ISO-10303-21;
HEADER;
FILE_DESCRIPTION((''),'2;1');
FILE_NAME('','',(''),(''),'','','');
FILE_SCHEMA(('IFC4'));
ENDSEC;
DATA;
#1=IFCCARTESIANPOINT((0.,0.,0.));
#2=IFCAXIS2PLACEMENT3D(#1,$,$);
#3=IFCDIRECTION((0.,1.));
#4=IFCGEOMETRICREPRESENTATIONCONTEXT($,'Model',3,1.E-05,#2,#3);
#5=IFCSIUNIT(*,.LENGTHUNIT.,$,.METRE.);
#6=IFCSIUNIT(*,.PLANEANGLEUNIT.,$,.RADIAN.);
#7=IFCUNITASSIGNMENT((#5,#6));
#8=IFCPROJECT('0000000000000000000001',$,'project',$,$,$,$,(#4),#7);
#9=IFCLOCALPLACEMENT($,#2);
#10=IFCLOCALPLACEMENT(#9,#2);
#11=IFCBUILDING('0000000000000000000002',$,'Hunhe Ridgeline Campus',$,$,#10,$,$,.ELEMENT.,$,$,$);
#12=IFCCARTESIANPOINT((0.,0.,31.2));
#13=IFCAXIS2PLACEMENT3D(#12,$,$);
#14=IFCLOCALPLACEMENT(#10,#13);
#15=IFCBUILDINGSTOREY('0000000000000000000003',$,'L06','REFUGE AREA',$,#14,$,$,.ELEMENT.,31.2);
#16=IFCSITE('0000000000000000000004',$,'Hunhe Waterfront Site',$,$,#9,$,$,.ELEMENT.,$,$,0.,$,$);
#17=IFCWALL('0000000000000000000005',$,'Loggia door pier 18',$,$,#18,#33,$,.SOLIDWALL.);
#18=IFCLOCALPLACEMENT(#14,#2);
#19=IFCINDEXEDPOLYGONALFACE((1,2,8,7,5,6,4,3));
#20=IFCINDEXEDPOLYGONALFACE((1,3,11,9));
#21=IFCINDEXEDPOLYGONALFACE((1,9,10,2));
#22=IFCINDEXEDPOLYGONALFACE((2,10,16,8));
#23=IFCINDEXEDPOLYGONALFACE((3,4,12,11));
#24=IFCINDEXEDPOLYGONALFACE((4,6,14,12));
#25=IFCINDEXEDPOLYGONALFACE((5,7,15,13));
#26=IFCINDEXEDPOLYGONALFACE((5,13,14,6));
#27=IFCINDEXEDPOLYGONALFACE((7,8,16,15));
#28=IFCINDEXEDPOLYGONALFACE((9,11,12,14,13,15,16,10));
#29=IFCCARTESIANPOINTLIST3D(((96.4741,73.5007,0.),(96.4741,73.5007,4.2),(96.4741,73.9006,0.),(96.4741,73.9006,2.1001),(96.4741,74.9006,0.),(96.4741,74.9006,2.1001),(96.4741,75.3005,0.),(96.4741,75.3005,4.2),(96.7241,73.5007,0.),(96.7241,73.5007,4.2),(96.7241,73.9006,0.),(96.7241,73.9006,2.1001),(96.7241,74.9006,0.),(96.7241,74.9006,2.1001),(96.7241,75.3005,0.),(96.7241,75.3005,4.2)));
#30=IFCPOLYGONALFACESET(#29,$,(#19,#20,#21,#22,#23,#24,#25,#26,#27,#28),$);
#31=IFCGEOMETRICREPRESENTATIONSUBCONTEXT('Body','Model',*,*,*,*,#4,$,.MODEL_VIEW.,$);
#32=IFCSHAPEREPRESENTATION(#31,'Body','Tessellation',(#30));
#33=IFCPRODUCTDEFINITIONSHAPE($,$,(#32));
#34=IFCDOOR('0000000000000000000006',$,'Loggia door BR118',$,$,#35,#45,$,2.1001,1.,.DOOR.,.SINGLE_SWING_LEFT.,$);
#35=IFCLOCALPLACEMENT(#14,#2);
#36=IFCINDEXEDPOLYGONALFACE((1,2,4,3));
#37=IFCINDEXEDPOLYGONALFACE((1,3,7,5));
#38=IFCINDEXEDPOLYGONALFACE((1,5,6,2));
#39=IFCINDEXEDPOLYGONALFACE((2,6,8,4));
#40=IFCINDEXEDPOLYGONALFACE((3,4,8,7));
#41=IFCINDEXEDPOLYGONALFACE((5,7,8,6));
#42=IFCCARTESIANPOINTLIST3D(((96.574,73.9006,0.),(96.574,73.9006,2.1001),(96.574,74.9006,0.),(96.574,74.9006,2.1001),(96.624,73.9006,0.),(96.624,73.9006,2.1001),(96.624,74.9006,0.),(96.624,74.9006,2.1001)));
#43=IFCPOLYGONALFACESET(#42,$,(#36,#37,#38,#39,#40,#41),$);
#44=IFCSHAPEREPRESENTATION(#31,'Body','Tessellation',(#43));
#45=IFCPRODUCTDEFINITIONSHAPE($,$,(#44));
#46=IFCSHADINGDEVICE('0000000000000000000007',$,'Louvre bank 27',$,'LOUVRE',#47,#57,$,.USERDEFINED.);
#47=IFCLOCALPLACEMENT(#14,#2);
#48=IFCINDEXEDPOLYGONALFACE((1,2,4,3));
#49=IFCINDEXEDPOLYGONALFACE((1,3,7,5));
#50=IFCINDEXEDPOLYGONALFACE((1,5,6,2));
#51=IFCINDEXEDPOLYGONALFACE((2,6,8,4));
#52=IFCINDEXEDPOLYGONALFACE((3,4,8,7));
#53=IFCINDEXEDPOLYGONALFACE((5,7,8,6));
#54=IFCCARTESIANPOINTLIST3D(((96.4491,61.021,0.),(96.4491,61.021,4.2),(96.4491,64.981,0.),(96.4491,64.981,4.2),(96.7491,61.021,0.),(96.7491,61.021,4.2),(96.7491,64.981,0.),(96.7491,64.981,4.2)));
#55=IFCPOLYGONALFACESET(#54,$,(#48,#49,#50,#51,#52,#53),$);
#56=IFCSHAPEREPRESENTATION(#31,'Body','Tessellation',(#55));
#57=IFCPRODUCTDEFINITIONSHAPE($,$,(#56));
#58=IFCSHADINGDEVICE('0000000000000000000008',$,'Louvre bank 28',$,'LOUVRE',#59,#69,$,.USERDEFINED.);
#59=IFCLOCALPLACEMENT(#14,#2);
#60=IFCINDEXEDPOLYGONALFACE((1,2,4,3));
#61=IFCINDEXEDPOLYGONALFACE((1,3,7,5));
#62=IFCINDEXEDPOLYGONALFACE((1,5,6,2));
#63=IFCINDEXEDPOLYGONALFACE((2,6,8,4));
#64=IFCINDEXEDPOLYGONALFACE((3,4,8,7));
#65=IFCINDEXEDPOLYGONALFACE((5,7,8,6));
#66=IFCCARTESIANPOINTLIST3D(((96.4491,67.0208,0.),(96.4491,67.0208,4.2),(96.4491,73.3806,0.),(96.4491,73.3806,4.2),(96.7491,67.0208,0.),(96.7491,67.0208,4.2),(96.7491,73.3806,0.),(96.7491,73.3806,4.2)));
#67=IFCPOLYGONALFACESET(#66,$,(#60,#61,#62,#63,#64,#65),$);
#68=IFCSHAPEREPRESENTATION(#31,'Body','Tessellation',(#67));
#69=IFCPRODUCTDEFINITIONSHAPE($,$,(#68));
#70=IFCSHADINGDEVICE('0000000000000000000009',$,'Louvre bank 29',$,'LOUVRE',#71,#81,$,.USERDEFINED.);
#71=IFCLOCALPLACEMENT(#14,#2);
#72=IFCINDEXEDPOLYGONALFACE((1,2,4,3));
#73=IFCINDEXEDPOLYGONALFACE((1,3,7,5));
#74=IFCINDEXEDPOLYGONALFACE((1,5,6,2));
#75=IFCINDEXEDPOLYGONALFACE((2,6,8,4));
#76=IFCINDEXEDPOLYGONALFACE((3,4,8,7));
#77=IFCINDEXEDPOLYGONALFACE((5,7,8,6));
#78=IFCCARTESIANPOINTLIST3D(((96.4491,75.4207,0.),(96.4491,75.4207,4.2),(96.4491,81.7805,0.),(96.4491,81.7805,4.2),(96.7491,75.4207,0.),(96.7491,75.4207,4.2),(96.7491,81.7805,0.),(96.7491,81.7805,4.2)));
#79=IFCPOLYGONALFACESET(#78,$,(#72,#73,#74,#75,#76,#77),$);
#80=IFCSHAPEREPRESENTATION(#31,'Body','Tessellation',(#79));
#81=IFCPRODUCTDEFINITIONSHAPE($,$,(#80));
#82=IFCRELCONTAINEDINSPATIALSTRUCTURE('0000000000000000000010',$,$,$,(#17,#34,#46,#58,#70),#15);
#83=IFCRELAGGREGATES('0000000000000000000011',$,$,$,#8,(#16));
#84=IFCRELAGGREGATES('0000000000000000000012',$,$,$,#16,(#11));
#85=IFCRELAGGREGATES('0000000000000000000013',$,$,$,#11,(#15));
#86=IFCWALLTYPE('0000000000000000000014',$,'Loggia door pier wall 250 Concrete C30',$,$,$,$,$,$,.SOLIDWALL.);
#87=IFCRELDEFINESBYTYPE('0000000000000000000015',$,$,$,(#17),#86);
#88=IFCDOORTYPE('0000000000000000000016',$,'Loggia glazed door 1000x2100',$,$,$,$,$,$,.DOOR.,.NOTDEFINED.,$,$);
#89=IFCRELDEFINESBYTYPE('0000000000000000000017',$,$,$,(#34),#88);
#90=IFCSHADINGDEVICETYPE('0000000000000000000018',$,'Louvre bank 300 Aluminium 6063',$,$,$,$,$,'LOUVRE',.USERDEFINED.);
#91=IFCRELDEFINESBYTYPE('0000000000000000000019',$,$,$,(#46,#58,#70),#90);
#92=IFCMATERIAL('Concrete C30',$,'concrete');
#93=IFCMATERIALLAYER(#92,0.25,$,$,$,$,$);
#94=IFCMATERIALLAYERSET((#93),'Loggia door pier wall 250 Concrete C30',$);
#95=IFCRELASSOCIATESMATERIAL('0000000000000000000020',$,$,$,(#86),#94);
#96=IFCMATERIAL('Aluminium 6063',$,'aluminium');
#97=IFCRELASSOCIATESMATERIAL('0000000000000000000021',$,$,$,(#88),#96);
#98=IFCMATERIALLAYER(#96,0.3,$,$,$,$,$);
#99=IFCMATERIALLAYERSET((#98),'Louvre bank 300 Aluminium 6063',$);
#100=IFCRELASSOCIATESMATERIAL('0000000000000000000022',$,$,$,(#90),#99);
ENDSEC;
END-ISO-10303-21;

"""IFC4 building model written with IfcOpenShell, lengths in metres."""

from ifc_helpers import new_model, si_unit, direction, frame, frame_2d, origin, origin_2d, place, context, subcontext, project, spatial, rectangle, extrude, material, layer, layer_set, type_object, element, fill, save


model = new_model("IFC4")

# Units and contexts
model_context = context("Model", 3, precision=1e-05, world=origin(), true_north=direction((0.0, 1.0)))
body_context = subcontext(model_context, "Body", "Model", "MODEL_VIEW")
ifc_project = project(units=[si_unit("LENGTHUNIT", "METRE"), si_unit("PLANEANGLEUNIT", "RADIAN")], contexts=[model_context])

# Site, building, storey
site_placement = place(None, origin())
site = spatial("IfcSite", under=ifc_project, at=site_placement, Name="Hunhe Waterfront Site", CompositionType="ELEMENT", RefElevation=0.0)
building_placement = place(site_placement, origin())
building = spatial("IfcBuilding", under=site, at=building_placement, Name="Hunhe Ridgeline Campus", CompositionType="ELEMENT")
storey_placement = place(building_placement, frame((0.0, 0.0, 31.2)))
storey = spatial("IfcBuildingStorey", under=building, at=storey_placement, Name="L06", Description="REFUGE AREA", CompositionType="ELEMENT", Elevation=31.2)

# Shared definitions
ifc_material_1 = material(Name="Aluminium 6063", Category="aluminium")

# Wall, opening, door
ifc_material_2 = material(Name="Concrete C30", Category="concrete")
ifc_layer_1 = layer(ifc_material_2, 0.25)
ifc_layer_set_1 = layer_set([ifc_layer_1], Name="Loggia door pier wall 250 Concrete C30")
wall_type_1 = type_object("IfcWallType", Name="Loggia door pier wall 250 Concrete C30", PredefinedType="SOLIDWALL", material=ifc_layer_set_1)
door_type_1 = type_object("IfcDoorType", Name="Loggia glazed door 1000x2100", OperationType="NOTDEFINED", PredefinedType="DOOR", material=ifc_material_1)
wall_1_placement = place(storey_placement, frame((96.5991, 73.5007, 0.0), z_axis=(0.0, 0.0, 1.0), x_axis=(0.0, 1.0, 0.0)))
wall_1 = element("IfcWall", 1, at=wall_1_placement, inside=storey, type_object=wall_type_1, Name="Loggia door pier 18", PredefinedType="SOLIDWALL", context=body_context, shape_type="SweptSolid", body=[
    extrude(rectangle(XDim=1.7998, YDim=0.25, at=frame_2d((0.8999, 0.0))), origin(), (0.0, 0.0, 1.0), 4.2),
])
opening_1_placement = place(wall_1_placement, frame((0.3999, 0.0, 0.0)))
opening_1 = element("IfcOpeningElement", 2, at=opening_1_placement, cuts=wall_1, PredefinedType="OPENING", context=body_context, shape_type="SweptSolid", body=[
    extrude(rectangle(XDim=1.0, YDim=2.1001, at=frame_2d((0.5, 1.05))), frame((0.0, 0.125, 0.0), z_axis=(0.0, -1.0, 0.0), x_axis=(1.0, 0.0, 0.0)), (0.0, 0.0, 1.0), 0.25),
])
door_1_placement = place(opening_1_placement, frame((1.0, 0.0, 0.0), z_axis=(0.0, 0.0, 1.0), x_axis=(-1.0, 0.0, 0.0)))
door_1 = element("IfcDoor", 3, at=door_1_placement, inside=storey, type_object=door_type_1, Name="Loggia door BR118", OperationType="SINGLE_SWING_LEFT", OverallHeight=2.1001, OverallWidth=1.0, PredefinedType="DOOR", context=body_context, shape_type="SweptSolid", body=[
    extrude(rectangle(XDim=1.0, YDim=2.1001, at=frame_2d((0.5, 1.05))), frame((0.0, 0.0249, 0.0), z_axis=(0.0, -1.0, 0.0), x_axis=(1.0, 0.0, 0.0)), (0.0, 0.0, 1.0), 0.05),
])
fill(opening_1, door_1)

# Shading devices
ifc_layer_2 = layer(ifc_material_1, 0.3)
ifc_layer_set_2 = layer_set([ifc_layer_2], Name="Louvre bank 300 Aluminium 6063")
shading_device_type = type_object("IfcShadingDeviceType", Name="Louvre bank 300 Aluminium 6063", ElementType="LOUVRE", PredefinedType="USERDEFINED", material=ifc_layer_set_2)
shading_device_placement = place(storey_placement, frame((96.5991, 63.001, 0.0), z_axis=(0.0, 0.0, 1.0), x_axis=(0.0, 1.0, 0.0)))
element("IfcShadingDevice", 4, at=shading_device_placement, inside=storey, type_object=shading_device_type, Name="Louvre bank 27", ObjectType="LOUVRE", PredefinedType="USERDEFINED", context=body_context, shape_type="SweptSolid", body=[
    extrude(rectangle(XDim=3.96, YDim=0.3, at=origin_2d()), origin(), (0.0, 0.0, 1.0), 4.2),
])
for number, where, z_axis, x_axis, name in (
    (5, (96.5991, 70.2007, 0.0), (0.0, 0.0, 1.0), (0.0, 1.0, 0.0), "Louvre bank 28"),
    (6, (96.5991, 78.6006, 0.0), (0.0, 0.0, 1.0), (0.0, 1.0, 0.0), "Louvre bank 29"),
):
    element("IfcShadingDevice", number, at=place(storey_placement, frame(where, z_axis=z_axis, x_axis=x_axis)), inside=storey, type_object=shading_device_type, Name=name, ObjectType="LOUVRE", PredefinedType="USERDEFINED", context=body_context, shape_type="SweptSolid", body=[
        extrude(rectangle(XDim=6.3599, YDim=0.3, at=origin_2d()), origin(), (0.0, 0.0, 1.0), 4.2),
    ])

save(model, "model.ifc")
